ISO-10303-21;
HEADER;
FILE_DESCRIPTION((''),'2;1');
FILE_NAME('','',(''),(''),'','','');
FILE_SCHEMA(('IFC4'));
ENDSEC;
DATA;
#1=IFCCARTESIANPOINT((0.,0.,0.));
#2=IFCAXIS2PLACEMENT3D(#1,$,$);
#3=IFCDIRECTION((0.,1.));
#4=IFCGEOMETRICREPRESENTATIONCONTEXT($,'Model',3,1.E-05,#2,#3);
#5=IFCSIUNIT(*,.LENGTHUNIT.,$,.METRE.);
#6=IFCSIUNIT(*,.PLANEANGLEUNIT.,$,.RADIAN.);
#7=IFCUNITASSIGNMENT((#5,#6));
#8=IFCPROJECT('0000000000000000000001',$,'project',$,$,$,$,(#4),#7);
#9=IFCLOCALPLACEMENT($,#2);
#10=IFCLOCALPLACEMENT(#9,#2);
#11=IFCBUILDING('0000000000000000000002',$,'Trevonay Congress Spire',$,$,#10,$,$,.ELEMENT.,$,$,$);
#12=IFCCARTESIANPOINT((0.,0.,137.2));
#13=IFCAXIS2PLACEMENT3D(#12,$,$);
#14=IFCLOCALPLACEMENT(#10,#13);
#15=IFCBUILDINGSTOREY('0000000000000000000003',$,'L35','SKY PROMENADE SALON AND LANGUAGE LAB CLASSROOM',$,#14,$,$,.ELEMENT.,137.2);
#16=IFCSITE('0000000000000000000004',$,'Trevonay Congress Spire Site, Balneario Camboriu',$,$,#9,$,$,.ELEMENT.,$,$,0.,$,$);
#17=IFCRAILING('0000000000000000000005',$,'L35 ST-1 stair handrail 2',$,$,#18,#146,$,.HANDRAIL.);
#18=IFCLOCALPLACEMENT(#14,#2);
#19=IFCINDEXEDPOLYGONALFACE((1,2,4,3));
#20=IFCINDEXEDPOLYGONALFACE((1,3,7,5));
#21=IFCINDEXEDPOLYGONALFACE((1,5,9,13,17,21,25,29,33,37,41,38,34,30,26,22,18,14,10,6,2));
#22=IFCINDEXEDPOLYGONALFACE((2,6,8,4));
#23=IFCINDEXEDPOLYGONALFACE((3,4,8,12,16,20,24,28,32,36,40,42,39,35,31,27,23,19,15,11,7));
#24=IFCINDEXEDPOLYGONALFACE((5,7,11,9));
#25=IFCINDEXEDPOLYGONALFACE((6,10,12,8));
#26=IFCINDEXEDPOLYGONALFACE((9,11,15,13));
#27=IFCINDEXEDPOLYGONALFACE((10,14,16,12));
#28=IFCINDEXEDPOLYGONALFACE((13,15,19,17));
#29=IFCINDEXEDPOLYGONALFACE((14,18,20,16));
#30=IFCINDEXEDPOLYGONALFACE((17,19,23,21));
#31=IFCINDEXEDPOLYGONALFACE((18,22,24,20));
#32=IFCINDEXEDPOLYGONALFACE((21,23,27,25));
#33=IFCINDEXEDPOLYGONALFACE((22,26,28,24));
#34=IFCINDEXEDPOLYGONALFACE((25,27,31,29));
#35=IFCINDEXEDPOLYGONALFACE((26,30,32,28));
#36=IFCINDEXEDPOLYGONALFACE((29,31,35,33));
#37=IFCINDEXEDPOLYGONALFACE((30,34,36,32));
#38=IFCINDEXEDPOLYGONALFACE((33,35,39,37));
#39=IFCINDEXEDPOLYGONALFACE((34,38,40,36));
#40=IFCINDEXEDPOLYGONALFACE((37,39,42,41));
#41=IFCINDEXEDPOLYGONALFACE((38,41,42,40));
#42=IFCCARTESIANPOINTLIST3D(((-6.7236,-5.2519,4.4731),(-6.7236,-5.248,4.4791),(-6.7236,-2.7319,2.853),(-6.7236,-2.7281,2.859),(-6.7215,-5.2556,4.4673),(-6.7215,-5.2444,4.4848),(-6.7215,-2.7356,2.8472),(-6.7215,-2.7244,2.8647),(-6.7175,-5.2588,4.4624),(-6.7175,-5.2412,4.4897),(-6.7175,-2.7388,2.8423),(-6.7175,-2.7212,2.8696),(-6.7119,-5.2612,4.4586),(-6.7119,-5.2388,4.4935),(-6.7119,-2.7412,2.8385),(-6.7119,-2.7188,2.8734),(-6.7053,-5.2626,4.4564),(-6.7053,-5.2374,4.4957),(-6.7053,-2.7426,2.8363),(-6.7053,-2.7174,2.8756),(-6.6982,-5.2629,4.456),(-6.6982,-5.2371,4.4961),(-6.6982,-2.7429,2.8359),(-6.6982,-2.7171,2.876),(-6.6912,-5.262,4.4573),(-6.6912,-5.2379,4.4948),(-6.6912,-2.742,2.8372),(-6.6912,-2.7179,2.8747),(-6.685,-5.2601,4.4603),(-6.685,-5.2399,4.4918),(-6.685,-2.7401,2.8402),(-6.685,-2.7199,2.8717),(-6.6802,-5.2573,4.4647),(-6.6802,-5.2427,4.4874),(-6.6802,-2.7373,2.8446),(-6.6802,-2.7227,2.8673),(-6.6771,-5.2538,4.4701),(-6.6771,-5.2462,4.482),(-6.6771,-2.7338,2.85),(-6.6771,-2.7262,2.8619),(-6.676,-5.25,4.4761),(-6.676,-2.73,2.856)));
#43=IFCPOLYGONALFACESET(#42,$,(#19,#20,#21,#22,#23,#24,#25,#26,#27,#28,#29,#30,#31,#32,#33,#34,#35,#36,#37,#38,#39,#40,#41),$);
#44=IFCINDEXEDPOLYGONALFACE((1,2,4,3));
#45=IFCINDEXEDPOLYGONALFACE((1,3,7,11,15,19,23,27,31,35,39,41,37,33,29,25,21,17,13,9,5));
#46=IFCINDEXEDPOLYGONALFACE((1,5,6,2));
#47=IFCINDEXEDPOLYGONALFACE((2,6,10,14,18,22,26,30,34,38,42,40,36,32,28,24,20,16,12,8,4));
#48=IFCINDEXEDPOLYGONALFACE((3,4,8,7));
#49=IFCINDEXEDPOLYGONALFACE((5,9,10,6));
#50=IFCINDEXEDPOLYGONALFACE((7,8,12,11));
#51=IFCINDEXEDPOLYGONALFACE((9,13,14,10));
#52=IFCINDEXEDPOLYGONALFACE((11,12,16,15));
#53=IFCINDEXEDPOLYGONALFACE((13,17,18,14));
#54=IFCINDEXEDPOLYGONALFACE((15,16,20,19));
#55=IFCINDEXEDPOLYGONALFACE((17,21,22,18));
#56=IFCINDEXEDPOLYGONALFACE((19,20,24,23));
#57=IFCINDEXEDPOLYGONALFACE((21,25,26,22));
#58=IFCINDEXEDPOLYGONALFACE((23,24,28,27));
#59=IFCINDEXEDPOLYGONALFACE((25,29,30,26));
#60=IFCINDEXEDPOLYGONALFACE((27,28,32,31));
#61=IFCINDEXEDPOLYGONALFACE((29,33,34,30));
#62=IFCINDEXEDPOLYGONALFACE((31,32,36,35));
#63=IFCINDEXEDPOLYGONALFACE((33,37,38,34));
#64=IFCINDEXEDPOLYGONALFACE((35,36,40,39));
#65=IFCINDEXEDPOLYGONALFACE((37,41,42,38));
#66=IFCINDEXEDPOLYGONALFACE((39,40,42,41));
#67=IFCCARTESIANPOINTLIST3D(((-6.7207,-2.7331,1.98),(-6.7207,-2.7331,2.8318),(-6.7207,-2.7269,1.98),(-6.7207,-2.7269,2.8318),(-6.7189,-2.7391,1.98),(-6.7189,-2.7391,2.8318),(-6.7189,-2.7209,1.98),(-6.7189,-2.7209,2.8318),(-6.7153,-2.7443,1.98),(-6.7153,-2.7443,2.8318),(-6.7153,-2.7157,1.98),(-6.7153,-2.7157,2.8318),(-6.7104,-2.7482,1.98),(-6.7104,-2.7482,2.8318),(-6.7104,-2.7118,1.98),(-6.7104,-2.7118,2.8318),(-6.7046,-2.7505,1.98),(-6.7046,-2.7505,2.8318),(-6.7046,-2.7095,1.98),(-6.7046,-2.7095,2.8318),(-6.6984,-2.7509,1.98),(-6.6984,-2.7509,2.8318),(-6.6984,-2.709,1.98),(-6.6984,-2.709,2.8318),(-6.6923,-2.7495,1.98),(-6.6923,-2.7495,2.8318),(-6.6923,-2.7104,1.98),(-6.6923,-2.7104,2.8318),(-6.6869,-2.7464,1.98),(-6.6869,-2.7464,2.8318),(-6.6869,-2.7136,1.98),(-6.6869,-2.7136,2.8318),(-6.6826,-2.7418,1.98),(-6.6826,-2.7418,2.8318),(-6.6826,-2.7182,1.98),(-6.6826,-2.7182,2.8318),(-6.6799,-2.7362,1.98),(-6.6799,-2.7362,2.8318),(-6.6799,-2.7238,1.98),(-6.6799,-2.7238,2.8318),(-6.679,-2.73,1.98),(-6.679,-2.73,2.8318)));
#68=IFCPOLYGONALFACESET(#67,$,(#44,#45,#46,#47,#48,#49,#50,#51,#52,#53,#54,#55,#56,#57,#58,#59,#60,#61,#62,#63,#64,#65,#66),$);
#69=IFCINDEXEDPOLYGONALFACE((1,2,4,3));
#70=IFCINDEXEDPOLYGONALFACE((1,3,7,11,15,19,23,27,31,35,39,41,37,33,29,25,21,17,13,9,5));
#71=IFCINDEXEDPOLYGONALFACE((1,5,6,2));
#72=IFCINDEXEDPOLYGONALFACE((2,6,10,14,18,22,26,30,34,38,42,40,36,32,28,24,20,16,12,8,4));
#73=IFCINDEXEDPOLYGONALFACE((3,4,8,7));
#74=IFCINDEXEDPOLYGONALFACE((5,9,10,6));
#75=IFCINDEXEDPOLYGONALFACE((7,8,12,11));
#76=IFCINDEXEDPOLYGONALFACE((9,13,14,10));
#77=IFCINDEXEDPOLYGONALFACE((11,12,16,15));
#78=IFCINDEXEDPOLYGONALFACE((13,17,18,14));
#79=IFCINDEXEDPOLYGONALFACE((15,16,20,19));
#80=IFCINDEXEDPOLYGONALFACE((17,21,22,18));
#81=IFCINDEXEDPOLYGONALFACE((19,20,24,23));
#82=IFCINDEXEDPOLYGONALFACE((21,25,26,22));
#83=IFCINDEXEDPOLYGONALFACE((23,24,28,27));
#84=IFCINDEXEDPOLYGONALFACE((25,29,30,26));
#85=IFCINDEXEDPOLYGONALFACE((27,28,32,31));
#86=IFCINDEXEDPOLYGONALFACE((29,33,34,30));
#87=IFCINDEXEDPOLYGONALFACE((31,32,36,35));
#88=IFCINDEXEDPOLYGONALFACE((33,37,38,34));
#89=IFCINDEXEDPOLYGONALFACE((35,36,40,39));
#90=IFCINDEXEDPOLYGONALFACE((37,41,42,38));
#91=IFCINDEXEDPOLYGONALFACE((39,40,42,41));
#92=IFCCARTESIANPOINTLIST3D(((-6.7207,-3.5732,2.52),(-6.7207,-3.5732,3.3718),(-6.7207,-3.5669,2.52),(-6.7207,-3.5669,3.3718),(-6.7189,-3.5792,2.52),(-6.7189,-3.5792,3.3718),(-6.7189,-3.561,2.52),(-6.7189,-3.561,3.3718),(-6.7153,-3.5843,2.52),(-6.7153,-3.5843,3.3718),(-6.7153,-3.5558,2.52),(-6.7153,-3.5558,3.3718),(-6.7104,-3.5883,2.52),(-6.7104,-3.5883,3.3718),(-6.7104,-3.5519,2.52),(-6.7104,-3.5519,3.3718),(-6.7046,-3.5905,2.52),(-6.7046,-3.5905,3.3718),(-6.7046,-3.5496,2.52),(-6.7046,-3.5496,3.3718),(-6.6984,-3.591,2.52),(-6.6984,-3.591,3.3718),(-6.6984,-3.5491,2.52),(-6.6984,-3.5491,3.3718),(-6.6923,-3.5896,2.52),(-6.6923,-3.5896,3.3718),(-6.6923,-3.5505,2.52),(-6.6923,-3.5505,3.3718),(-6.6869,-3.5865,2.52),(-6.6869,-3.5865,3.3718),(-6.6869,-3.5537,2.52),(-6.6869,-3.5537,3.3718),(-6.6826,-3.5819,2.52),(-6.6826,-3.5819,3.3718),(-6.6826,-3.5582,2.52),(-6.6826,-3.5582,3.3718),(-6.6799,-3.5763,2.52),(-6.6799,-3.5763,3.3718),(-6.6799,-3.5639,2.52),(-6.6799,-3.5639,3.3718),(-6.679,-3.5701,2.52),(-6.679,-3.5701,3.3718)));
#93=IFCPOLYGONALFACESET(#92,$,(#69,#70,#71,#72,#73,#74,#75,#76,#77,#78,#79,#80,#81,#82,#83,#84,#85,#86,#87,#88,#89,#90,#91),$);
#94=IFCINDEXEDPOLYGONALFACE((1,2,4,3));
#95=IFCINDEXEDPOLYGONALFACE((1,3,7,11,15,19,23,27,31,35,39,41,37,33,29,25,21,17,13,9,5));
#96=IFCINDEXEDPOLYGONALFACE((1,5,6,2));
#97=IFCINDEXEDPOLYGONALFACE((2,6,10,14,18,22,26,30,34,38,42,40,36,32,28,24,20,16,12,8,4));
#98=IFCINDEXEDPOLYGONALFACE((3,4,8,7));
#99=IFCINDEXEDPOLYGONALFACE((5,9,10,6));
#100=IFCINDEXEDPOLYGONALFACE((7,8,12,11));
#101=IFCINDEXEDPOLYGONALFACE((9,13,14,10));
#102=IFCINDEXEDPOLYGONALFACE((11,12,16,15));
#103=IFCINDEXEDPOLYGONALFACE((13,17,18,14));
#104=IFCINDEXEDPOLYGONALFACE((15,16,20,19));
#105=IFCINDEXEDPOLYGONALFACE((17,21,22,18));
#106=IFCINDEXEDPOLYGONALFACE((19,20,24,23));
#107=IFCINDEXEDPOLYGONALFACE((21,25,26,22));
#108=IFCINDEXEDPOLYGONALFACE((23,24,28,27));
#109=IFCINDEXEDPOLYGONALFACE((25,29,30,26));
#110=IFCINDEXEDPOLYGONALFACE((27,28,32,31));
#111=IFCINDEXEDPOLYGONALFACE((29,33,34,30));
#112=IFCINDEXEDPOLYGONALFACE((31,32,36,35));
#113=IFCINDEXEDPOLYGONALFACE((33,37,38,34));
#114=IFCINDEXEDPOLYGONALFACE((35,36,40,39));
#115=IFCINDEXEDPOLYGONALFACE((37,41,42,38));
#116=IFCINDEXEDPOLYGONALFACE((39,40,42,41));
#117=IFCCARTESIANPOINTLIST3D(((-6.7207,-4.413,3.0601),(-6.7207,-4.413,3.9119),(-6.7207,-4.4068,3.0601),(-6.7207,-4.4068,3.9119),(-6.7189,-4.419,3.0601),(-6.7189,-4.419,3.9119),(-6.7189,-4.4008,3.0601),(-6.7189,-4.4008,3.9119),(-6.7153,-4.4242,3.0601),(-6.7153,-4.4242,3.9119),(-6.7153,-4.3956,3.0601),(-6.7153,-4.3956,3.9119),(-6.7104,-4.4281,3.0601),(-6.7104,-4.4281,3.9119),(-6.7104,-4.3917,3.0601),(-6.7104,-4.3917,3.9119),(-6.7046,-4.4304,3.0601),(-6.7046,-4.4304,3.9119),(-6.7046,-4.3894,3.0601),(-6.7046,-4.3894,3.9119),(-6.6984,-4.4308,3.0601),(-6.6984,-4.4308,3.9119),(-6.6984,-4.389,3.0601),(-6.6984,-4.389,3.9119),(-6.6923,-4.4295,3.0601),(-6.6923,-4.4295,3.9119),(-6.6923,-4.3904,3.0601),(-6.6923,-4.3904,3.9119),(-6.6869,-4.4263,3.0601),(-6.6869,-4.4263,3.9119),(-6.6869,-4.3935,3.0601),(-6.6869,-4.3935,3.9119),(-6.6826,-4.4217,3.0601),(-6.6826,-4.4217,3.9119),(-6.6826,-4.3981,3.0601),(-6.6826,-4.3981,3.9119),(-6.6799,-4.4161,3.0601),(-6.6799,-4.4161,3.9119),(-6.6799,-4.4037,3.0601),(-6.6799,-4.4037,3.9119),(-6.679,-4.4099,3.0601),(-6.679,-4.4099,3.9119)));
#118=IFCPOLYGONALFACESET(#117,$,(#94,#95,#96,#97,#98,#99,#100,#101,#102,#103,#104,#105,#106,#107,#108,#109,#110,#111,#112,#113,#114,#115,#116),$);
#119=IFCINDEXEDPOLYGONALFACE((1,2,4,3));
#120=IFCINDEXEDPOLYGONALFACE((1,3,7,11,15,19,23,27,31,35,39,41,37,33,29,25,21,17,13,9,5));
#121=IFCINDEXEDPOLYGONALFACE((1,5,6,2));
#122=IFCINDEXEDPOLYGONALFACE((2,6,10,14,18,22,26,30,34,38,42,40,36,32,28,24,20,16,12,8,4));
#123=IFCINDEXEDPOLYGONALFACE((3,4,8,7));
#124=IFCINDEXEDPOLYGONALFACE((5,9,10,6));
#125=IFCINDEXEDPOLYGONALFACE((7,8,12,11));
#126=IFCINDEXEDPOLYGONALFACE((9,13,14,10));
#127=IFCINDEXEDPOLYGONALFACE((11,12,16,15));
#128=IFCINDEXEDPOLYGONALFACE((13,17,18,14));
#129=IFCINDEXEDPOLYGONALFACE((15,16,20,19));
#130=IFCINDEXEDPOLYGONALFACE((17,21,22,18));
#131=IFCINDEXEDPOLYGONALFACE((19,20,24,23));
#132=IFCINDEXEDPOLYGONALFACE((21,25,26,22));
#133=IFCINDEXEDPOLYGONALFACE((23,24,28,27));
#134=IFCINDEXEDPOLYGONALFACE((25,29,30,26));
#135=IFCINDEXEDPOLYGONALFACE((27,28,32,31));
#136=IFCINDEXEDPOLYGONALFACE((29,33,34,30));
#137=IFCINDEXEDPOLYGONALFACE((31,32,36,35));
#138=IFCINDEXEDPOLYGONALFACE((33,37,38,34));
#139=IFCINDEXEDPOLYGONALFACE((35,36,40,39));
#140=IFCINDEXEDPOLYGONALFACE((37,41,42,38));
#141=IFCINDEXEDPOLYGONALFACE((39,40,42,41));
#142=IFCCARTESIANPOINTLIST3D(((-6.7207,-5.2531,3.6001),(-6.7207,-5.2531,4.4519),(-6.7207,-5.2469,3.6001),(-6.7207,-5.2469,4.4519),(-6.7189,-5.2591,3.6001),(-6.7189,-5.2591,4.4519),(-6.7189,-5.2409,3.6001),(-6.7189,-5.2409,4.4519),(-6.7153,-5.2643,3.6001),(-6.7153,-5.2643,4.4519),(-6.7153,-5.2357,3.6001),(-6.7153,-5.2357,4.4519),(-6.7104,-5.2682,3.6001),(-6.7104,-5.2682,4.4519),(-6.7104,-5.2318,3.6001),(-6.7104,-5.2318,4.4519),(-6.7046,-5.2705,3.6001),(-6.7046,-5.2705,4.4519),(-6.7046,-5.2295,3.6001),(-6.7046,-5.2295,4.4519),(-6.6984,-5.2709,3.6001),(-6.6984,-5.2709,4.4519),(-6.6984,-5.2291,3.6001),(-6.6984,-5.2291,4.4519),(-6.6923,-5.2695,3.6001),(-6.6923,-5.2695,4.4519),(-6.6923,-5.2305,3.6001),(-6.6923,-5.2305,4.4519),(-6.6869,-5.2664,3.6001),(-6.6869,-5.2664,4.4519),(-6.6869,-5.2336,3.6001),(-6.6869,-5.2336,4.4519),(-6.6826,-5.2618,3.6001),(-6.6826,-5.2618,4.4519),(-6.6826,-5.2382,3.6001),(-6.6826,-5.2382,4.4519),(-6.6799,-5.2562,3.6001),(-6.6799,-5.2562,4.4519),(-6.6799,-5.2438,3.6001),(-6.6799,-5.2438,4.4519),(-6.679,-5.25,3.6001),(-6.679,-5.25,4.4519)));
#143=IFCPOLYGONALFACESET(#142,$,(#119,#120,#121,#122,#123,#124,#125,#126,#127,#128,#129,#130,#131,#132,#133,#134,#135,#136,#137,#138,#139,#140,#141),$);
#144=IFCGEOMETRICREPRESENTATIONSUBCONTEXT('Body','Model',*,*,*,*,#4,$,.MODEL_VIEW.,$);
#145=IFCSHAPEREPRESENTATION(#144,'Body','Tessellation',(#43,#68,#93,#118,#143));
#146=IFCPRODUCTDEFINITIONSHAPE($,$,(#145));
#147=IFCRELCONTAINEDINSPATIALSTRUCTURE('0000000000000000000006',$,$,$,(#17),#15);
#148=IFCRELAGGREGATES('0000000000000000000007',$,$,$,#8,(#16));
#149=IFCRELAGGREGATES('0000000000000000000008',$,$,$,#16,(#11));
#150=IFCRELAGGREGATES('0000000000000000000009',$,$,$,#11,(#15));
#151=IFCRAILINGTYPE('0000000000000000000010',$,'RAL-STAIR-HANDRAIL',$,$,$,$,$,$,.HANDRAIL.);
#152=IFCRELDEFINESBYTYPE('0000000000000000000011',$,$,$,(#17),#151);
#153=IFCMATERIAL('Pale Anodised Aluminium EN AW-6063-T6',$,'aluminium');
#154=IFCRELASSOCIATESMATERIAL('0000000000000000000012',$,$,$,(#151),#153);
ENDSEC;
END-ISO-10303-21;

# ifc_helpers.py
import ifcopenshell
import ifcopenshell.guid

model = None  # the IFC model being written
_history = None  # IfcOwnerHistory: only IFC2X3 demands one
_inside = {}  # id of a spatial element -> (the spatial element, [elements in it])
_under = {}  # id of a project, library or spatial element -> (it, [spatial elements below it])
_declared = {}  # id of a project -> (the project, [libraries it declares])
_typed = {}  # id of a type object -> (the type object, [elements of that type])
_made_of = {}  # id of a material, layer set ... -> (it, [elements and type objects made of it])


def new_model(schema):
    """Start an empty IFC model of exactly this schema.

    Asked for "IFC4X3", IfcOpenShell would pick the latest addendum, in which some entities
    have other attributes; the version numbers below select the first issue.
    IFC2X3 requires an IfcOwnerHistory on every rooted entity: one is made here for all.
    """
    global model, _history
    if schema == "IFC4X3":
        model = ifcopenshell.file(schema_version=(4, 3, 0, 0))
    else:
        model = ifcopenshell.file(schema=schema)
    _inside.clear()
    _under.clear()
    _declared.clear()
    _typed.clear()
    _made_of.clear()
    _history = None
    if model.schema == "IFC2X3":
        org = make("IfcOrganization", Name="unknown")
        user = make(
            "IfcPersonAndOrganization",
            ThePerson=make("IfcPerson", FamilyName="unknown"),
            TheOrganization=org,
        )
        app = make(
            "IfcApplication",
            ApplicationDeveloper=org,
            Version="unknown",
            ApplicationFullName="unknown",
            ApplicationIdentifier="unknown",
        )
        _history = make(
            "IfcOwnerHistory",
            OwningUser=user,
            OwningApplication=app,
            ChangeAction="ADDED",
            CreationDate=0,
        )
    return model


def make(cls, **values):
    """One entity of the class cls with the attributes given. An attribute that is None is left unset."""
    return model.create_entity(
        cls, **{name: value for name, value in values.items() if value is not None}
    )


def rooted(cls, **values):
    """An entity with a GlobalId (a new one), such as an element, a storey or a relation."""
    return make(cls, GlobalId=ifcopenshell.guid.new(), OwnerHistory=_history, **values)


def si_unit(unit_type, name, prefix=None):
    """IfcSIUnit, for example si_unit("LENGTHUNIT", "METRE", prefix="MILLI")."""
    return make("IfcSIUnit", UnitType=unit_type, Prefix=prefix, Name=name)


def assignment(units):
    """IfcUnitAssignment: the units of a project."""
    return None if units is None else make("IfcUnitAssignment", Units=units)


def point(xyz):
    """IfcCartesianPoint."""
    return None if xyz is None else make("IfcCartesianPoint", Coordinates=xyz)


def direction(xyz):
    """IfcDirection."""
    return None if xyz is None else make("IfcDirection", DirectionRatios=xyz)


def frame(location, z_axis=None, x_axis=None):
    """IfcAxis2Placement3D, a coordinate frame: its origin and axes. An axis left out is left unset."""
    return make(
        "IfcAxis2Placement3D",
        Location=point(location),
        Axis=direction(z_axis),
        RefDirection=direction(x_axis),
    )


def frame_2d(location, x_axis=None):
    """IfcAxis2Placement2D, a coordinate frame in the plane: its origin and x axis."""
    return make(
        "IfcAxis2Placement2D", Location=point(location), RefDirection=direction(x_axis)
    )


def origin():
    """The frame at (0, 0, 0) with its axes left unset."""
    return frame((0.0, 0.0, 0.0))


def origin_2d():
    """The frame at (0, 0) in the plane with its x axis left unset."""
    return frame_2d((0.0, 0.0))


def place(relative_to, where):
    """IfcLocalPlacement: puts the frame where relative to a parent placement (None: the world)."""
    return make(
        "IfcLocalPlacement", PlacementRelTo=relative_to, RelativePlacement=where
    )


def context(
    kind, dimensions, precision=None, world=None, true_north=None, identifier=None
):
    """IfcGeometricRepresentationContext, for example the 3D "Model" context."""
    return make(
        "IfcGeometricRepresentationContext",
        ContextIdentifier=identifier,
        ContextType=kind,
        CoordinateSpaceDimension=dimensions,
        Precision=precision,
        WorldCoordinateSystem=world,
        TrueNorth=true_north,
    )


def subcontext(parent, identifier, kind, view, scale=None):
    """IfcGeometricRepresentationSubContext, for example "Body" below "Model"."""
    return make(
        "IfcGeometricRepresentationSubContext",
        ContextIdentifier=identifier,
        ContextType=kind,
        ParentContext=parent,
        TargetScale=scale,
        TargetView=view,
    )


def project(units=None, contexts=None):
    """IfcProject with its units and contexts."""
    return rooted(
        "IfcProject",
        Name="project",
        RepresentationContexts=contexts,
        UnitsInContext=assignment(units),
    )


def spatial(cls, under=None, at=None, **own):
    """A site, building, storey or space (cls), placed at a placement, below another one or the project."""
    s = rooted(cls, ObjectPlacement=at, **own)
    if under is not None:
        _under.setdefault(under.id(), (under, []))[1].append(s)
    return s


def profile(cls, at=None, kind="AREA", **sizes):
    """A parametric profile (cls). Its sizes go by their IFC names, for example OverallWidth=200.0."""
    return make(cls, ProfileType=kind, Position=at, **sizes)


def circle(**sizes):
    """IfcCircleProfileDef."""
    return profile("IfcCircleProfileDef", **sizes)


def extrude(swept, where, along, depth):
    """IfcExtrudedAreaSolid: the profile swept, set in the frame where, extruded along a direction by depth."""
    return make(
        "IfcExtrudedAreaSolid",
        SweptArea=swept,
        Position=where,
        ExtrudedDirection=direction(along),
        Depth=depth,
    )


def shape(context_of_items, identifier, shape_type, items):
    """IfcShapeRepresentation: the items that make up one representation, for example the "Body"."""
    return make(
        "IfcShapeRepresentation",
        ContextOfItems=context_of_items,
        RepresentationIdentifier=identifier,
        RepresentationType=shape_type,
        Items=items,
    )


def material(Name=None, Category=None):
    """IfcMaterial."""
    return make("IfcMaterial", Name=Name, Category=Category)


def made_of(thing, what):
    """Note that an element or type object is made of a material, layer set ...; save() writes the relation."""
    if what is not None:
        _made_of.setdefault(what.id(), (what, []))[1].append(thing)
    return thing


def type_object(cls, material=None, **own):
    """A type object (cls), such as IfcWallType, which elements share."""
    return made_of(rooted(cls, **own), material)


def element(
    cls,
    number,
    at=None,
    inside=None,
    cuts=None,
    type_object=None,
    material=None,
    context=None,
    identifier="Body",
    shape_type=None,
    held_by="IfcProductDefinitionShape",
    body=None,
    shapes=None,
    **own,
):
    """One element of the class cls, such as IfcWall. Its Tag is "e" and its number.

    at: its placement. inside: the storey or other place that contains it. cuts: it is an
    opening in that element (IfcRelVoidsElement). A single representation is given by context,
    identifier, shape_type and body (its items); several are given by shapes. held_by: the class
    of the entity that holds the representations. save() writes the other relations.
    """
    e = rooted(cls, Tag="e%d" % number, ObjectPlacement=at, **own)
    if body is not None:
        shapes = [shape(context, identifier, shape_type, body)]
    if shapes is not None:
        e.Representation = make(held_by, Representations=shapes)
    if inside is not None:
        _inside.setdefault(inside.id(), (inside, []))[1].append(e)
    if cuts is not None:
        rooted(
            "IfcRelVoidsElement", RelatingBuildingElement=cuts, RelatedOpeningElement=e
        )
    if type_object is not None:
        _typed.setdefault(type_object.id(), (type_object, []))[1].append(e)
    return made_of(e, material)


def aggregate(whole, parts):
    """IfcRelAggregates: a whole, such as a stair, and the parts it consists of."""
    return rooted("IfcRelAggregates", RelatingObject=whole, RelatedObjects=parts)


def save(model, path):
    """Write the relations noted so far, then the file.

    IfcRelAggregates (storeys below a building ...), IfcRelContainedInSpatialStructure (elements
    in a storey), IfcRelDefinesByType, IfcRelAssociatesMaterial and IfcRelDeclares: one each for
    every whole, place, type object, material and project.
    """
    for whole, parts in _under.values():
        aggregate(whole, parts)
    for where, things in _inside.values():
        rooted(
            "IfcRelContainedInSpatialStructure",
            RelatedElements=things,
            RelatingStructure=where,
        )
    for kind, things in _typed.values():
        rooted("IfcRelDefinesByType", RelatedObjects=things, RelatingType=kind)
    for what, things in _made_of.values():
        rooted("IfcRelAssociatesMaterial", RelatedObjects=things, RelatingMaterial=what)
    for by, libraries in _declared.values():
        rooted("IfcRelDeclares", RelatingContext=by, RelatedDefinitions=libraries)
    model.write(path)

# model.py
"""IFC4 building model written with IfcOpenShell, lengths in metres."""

from ifc_helpers import new_model, si_unit, direction, frame, origin, origin_2d, place, context, subcontext, project, spatial, circle, extrude, material, type_object, element, save


model = new_model("IFC4")

# Units and contexts
model_context = context("Model", 3, precision=1e-05, world=origin(), true_north=direction((0.0, 1.0)))
body_context = subcontext(model_context, "Body", "Model", "MODEL_VIEW")
ifc_project = project(units=[si_unit("LENGTHUNIT", "METRE"), si_unit("PLANEANGLEUNIT", "RADIAN")], contexts=[model_context])

# Site, building, storey
site_placement = place(None, origin())
site = spatial("IfcSite", under=ifc_project, at=site_placement, Name="Trevonay Congress Spire Site, Balneario Camboriu", CompositionType="ELEMENT", RefElevation=0.0)
building_placement = place(site_placement, origin())
building = spatial("IfcBuilding", under=site, at=building_placement, Name="Trevonay Congress Spire", CompositionType="ELEMENT")
storey_placement = place(building_placement, frame((0.0, 0.0, 137.2)))
storey = spatial("IfcBuildingStorey", under=building, at=storey_placement, Name="L35", Description="SKY PROMENADE SALON AND LANGUAGE LAB CLASSROOM", CompositionType="ELEMENT", Elevation=137.2)

# Shared definitions
ifc_material_1 = material(Name="Pale Anodised Aluminium EN AW-6063-T6", Category="aluminium")

# Railing
railing_type_1 = type_object("IfcRailingType", Name="RAL-STAIR-HANDRAIL", PredefinedType="HANDRAIL", material=ifc_material_1)
railing_1_placement = place(storey_placement, frame((-6.7, -2.73, 1.98)))
element("IfcRailing", 1, at=railing_1_placement, inside=storey, type_object=railing_type_1, Name="L35 ST-1 stair handrail 2", PredefinedType="HANDRAIL", context=body_context, shape_type="SweptSolid", body=[
    extrude(circle(Radius=0.0239, at=origin_2d()), frame((0.0, 0.0, 0.876), z_axis=(0.0, -0.841163, 0.540782), x_axis=(1.0, 0.0, 0.0)), (0.0, 0.0, 1.0), 2.9958),
    extrude(circle(Radius=0.021, at=origin_2d()), origin(), (0.0, 0.0, 1.0), 0.8518),
    extrude(circle(Radius=0.021, at=origin_2d()), frame((0.0, -0.8401, 0.54)), (0.0, 0.0, 1.0), 0.8518),
    extrude(circle(Radius=0.021, at=origin_2d()), frame((0.0, -1.6799, 1.0801)), (0.0, 0.0, 1.0), 0.8518),
    extrude(circle(Radius=0.021, at=origin_2d()), frame((0.0, -2.52, 1.6201)), (0.0, 0.0, 1.0), 0.8518),
])

save(model, "model.ifc")
